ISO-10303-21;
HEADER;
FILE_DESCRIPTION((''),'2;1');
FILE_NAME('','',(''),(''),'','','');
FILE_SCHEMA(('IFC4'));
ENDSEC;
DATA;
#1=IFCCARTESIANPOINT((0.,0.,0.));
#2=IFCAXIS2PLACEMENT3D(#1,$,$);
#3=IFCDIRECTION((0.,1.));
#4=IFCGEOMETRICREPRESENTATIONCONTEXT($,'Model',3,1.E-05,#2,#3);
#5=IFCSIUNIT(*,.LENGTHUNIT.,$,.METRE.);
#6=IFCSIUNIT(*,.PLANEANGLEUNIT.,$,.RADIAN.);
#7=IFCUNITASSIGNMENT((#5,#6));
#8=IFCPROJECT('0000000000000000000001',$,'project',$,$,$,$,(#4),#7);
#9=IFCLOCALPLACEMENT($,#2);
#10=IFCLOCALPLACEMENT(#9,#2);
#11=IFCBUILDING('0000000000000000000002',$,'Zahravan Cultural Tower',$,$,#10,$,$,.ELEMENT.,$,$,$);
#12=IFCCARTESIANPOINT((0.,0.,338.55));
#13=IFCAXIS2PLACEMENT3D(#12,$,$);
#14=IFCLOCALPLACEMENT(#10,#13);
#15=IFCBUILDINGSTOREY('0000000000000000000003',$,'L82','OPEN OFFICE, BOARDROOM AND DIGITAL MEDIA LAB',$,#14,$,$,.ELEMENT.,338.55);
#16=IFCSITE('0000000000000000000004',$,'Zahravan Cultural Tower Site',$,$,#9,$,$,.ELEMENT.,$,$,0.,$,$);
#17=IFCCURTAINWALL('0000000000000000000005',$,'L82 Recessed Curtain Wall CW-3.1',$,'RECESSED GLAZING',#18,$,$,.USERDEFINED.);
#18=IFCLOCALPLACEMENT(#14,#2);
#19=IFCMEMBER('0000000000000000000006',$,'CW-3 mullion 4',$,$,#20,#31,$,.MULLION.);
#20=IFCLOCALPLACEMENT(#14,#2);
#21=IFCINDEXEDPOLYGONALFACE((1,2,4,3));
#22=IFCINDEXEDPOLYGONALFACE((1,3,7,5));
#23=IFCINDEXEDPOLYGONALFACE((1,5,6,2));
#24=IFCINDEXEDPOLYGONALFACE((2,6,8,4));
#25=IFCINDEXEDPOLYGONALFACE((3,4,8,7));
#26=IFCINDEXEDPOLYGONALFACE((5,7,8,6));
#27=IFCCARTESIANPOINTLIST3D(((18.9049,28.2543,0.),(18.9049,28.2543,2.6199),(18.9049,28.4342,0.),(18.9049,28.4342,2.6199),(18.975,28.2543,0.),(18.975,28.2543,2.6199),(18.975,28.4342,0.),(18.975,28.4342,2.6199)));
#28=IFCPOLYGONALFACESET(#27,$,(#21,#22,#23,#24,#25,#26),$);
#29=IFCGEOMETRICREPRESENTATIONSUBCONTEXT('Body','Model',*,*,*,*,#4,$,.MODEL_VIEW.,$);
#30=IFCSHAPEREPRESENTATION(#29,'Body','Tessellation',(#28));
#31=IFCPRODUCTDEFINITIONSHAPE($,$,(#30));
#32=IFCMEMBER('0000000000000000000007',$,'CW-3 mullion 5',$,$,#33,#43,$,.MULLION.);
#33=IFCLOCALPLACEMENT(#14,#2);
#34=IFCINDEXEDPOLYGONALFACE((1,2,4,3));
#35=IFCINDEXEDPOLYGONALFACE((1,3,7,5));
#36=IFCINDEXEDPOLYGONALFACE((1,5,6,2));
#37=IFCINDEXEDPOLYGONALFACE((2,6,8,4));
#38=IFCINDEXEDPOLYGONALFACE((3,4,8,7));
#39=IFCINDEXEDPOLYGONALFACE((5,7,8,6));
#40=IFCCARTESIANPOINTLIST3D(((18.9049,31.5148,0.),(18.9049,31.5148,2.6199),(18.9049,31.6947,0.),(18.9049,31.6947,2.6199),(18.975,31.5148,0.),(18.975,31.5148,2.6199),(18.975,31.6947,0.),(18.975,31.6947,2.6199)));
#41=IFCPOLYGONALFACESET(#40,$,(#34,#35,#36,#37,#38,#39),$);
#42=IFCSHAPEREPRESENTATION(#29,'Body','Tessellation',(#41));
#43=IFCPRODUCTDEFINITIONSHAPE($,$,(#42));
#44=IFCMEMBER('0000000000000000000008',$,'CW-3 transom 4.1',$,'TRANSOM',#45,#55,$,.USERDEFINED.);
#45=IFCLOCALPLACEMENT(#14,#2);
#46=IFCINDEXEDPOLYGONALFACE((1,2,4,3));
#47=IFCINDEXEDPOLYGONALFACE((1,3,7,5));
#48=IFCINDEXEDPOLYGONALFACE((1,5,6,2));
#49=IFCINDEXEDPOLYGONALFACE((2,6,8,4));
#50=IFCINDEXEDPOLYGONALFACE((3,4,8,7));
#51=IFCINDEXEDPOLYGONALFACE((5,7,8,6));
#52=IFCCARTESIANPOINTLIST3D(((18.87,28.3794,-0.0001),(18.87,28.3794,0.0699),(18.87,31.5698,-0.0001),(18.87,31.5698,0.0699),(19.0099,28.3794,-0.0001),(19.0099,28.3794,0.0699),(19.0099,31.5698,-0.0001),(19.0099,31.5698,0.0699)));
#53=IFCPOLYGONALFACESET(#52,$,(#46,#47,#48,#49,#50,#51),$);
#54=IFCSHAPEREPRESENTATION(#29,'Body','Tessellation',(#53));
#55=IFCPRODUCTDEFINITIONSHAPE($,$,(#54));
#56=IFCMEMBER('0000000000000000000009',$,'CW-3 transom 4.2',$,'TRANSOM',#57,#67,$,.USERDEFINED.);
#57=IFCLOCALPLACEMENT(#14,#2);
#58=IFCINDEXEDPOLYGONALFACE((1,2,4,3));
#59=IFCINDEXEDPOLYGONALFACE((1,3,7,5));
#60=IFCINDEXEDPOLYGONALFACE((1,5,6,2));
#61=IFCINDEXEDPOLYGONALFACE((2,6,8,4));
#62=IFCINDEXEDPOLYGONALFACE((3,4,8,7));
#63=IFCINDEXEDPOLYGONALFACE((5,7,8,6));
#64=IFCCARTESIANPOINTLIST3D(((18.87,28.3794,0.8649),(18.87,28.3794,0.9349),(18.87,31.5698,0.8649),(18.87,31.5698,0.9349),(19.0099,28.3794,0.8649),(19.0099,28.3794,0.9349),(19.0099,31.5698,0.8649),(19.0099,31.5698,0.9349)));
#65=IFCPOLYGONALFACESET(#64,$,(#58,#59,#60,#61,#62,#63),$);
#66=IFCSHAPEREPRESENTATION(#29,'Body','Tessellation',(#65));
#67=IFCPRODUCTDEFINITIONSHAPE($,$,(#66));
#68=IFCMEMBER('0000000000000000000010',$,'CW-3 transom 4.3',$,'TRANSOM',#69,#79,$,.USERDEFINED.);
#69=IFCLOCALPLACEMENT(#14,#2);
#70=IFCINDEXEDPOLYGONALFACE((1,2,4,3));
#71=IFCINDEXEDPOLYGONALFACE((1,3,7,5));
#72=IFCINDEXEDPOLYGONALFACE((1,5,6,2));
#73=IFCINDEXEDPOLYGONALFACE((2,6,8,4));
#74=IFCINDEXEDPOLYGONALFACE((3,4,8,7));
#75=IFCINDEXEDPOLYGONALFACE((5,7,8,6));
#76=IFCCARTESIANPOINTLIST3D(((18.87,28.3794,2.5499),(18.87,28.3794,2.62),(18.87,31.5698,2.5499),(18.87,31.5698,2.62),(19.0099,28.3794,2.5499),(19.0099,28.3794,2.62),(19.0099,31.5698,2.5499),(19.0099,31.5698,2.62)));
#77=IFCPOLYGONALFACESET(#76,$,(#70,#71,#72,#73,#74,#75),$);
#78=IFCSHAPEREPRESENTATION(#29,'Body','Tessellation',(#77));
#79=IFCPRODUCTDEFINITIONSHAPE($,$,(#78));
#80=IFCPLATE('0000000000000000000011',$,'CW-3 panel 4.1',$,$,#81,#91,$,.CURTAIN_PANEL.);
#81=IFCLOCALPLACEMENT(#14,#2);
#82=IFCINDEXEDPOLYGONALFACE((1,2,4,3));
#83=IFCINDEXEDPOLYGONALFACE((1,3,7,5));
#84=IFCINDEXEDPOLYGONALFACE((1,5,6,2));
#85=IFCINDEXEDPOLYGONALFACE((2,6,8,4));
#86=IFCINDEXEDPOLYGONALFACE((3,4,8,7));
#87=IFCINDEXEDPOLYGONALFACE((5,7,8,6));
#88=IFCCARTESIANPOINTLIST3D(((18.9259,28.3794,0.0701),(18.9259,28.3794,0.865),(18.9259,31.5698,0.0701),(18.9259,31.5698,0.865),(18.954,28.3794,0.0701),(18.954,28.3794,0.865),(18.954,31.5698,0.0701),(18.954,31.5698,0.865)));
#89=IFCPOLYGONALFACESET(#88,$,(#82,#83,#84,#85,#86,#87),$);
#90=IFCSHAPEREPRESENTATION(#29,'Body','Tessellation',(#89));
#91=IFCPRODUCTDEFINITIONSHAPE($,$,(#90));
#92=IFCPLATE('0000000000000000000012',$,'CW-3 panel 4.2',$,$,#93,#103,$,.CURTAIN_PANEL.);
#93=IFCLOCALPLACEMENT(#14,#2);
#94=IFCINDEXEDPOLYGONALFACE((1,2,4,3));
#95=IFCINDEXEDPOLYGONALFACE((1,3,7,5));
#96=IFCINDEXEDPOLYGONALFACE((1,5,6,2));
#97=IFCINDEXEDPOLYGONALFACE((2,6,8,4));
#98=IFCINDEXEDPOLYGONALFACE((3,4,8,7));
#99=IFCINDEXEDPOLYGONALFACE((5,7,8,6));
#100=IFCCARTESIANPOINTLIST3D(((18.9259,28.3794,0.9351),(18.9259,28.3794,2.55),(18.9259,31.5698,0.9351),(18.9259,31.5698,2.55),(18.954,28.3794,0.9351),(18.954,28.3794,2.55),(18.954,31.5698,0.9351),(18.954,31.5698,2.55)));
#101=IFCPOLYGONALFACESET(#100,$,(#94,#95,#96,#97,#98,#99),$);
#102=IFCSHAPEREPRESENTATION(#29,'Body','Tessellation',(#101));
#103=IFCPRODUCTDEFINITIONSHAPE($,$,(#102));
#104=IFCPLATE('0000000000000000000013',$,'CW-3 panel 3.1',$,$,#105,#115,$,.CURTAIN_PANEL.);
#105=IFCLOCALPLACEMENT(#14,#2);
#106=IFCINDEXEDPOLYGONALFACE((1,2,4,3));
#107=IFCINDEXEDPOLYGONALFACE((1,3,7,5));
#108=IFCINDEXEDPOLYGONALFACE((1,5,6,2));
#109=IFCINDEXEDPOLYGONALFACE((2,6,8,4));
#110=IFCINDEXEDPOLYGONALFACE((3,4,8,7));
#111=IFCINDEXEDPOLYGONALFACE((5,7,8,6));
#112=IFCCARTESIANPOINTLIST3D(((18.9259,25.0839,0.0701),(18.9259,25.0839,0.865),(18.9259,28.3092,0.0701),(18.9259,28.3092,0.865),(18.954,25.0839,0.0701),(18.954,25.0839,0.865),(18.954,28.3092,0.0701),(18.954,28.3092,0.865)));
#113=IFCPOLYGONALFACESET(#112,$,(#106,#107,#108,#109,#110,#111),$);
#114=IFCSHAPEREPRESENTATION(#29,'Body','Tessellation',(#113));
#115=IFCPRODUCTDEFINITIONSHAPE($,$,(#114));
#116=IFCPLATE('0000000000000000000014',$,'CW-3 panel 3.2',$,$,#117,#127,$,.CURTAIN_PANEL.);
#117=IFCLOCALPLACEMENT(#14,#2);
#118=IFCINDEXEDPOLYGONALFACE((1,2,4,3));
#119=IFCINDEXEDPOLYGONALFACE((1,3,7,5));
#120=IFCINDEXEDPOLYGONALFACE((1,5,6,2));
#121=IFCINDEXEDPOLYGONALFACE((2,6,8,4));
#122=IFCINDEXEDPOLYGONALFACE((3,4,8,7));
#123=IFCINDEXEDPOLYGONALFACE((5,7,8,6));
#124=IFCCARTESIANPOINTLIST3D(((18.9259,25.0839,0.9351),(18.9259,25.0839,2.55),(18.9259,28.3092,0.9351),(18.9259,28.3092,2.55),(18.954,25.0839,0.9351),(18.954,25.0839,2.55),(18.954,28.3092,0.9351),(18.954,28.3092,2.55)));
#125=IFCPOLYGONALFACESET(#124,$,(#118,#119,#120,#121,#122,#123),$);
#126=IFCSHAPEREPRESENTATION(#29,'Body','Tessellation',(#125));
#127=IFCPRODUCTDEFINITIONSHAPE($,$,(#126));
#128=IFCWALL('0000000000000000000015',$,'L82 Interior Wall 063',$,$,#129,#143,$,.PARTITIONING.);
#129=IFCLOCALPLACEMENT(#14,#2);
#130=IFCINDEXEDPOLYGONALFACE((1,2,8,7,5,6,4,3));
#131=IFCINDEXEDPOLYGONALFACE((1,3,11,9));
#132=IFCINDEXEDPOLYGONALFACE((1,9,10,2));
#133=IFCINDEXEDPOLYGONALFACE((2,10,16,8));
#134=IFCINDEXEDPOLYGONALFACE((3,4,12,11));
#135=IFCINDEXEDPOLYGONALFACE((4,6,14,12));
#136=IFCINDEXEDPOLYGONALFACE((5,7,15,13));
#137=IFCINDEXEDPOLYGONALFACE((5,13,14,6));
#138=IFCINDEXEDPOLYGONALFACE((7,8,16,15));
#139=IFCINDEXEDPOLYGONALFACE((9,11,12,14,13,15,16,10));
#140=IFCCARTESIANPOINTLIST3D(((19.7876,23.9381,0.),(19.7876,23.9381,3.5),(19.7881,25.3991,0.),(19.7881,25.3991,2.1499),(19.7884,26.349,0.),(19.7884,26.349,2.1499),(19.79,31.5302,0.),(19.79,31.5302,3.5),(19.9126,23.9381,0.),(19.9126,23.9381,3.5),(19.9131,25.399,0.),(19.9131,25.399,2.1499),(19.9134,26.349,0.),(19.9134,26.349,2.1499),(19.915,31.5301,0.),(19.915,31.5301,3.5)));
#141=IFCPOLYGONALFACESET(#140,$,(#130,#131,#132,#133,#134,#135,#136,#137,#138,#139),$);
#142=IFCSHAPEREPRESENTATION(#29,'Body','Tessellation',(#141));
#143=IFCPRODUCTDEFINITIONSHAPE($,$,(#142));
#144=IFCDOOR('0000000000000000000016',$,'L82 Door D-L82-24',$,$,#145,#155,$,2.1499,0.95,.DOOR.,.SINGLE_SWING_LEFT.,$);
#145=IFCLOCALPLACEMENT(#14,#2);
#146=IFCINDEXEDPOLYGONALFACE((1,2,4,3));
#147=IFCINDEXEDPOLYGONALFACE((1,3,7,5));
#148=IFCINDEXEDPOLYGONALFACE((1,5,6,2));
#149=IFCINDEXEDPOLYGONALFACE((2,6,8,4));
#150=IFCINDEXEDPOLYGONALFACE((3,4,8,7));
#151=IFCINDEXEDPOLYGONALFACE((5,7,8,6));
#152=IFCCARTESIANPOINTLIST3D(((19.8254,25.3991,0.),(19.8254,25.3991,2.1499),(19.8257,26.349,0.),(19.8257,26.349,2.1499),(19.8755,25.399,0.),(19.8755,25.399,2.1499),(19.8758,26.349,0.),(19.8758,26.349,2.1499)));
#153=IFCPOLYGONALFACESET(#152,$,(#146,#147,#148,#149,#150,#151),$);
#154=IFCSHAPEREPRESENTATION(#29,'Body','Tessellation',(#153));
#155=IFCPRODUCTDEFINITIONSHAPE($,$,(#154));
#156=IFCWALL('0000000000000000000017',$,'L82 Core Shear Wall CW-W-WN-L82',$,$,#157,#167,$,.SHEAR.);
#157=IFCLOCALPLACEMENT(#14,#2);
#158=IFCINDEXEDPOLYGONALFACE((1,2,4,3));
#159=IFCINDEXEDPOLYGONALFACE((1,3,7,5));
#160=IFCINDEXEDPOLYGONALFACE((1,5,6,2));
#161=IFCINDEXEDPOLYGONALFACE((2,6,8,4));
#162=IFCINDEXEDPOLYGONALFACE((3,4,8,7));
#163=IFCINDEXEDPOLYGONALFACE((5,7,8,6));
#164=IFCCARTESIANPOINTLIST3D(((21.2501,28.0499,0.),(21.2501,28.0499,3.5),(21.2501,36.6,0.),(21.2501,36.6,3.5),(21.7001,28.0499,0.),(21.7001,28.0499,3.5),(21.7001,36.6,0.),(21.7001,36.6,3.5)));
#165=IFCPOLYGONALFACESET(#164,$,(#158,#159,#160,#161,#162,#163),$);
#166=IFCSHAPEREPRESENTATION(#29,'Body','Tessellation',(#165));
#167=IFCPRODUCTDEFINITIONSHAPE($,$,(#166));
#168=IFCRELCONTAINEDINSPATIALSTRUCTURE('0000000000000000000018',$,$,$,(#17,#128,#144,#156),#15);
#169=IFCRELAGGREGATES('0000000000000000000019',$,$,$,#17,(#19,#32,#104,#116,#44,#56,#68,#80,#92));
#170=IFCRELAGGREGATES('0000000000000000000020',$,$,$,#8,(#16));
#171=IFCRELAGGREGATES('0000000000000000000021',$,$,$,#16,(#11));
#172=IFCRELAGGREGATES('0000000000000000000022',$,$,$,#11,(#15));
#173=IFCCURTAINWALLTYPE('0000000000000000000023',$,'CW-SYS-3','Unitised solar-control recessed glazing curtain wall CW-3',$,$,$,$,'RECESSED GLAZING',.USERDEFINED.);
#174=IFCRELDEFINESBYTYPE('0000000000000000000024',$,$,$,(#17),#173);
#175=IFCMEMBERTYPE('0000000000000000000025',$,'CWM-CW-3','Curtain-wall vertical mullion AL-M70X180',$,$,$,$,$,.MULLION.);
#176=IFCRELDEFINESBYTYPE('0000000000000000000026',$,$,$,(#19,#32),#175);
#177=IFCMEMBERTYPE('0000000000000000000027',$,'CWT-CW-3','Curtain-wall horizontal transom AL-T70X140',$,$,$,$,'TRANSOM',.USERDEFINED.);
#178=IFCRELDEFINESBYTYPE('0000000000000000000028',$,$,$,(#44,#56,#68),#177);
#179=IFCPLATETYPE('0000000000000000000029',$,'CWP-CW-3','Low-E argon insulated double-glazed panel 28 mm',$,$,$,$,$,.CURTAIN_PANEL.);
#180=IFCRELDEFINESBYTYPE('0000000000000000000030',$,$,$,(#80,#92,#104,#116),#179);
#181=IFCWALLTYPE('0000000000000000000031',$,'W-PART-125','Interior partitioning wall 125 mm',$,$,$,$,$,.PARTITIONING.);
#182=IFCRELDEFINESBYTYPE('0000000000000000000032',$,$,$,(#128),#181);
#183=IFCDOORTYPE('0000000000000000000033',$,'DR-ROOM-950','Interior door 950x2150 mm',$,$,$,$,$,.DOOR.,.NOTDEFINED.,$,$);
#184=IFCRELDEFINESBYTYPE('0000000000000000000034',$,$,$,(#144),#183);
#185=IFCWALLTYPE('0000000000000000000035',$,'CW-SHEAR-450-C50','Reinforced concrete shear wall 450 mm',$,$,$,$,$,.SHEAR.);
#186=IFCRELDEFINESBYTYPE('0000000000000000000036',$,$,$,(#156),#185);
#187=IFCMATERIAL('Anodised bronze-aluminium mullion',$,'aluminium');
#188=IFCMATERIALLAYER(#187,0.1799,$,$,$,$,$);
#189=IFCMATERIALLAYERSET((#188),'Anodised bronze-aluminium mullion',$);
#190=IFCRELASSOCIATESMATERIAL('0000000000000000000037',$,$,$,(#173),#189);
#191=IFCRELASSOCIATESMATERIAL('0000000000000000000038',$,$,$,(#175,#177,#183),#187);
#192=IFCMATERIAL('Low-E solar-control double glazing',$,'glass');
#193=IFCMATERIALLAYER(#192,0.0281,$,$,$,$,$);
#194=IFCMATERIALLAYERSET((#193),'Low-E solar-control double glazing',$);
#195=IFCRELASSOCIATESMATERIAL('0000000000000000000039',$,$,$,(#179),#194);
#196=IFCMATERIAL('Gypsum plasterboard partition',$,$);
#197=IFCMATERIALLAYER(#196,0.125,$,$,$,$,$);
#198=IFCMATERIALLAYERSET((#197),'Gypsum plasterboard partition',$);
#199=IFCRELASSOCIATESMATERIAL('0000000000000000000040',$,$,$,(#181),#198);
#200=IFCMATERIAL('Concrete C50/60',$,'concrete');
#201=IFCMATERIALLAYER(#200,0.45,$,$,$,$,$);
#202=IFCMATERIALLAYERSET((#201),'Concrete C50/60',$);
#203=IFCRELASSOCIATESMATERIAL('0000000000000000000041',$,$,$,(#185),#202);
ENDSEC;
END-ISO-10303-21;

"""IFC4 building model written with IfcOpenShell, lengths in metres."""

from ifc_helpers import new_model, si_unit, direction, frame, frame_2d, origin, origin_2d, place, context, subcontext, project, spatial, rectangle, extrude, source, transform, mapped, material, layer, layer_set, material_profile, profile_set, type_object, element, fill, aggregate, save


model = new_model("IFC4")

# Units and contexts
model_context = context("Model", 3, precision=1e-05, world=origin(), true_north=direction((0.0, 1.0)))
body_context = subcontext(model_context, "Body", "Model", "MODEL_VIEW")
ifc_project = project(units=[si_unit("LENGTHUNIT", "METRE"), si_unit("PLANEANGLEUNIT", "RADIAN")], contexts=[model_context])

# Site, building, storey
site_placement = place(None, origin())
site = spatial("IfcSite", under=ifc_project, at=site_placement, Name="Zahravan Cultural Tower Site", CompositionType="ELEMENT", RefElevation=0.0)
building_placement = place(site_placement, origin())
building = spatial("IfcBuilding", under=site, at=building_placement, Name="Zahravan Cultural Tower", CompositionType="ELEMENT")
storey_placement = place(building_placement, frame((0.0, 0.0, 338.55)))
storey = spatial("IfcBuildingStorey", under=building, at=storey_placement, Name="L82", Description="OPEN OFFICE, BOARDROOM AND DIGITAL MEDIA LAB", CompositionType="ELEMENT", Elevation=338.55)

# Curtain wall, members, plates
ifc_material_1 = material(Name="Anodised bronze-aluminium mullion", Category="aluminium")
ifc_layer_1 = layer(ifc_material_1, 0.1799)
ifc_layer_set_1 = layer_set([ifc_layer_1], Name="Anodised bronze-aluminium mullion")
curtain_wall_type = type_object("IfcCurtainWallType", Name="CW-SYS-3", Description="Unitised solar-control recessed glazing curtain wall CW-3", ElementType="RECESSED GLAZING", PredefinedType="USERDEFINED", material=ifc_layer_set_1)
curtain_wall_placement = place(storey_placement, origin())
curtain_wall = element("IfcCurtainWall", 1, at=curtain_wall_placement, inside=storey, type_object=curtain_wall_type, Name="L82 Recessed Curtain Wall CW-3.1", ObjectType="RECESSED GLAZING", PredefinedType="USERDEFINED")
ifc_material_profile_1 = material_profile(ifc_material_1, rectangle(XDim=0.0701, YDim=0.1799, at=origin_2d()), Name="AL-M70X180")
ifc_profile_set_1 = profile_set([ifc_material_profile_1], Name="Anodised bronze-aluminium mullion")
member_type_1 = type_object("IfcMemberType", Name="CWM-CW-3", Description="Curtain-wall vertical mullion AL-M70X180", PredefinedType="MULLION", material=ifc_profile_set_1)
shared_shape_1 = source(origin(), body_context, "Body", "SweptSolid", [
    extrude(rectangle(XDim=0.0701, YDim=0.1799, at=origin_2d()), origin(), (0.0, 0.0, 1.0), 2.6199),
])
member_1_placement = place(storey_placement, frame((18.9399, 28.3442, 0.0), z_axis=(0.0, 0.0, 1.0), x_axis=(-1.0, 0.0, 0.0)))
member_1 = element("IfcMember", 2, at=member_1_placement, type_object=member_type_1, Name="CW-3 mullion 4", PredefinedType="MULLION", context=body_context, shape_type="MappedRepresentation", body=[
    mapped(shared_shape_1, transform((0.0, 0.0, 0.0), x_axis=(1.0, 0.0, 0.0), y_axis=(0.0, 1.0, 0.0), z_axis=(0.0, 0.0, 1.0), scale=1.0)),
])
member_2_placement = place(storey_placement, frame((18.9399, 31.6047, 0.0), z_axis=(0.0, 0.0, 1.0), x_axis=(-1.0, 0.0, 0.0)))
member_2 = element("IfcMember", 3, at=member_2_placement, type_object=member_type_1, Name="CW-3 mullion 5", PredefinedType="MULLION", context=body_context, shape_type="MappedRepresentation", body=[
    mapped(shared_shape_1, transform((0.0, 0.0, 0.0), x_axis=(1.0, 0.0, 0.0), y_axis=(0.0, 1.0, 0.0), z_axis=(0.0, 0.0, 1.0), scale=1.0)),
])
ifc_material_profile_2 = material_profile(ifc_material_1, rectangle(XDim=0.1399, YDim=0.0701, at=origin_2d()), Name="AL-T70X140")
ifc_profile_set_2 = profile_set([ifc_material_profile_2], Name="Anodised bronze-aluminium mullion")
member_type_2 = type_object("IfcMemberType", Name="CWT-CW-3", Description="Curtain-wall horizontal transom AL-T70X140", ElementType="TRANSOM", PredefinedType="USERDEFINED", material=ifc_profile_set_2)
shared_shape_2 = source(origin(), body_context, "Body", "SweptSolid", [
    extrude(rectangle(XDim=0.1399, YDim=0.0701, at=origin_2d()), origin(), (0.0, 0.0, 1.0), 3.1904),
])
member_3_placement = place(storey_placement, frame((18.9399, 28.3794, 0.0349), z_axis=(0.0, 1.0, 0.0), x_axis=(-1.0, 0.0, 0.0)))
member_3 = element("IfcMember", 4, at=member_3_placement, type_object=member_type_2, Name="CW-3 transom 4.1", ObjectType="TRANSOM", PredefinedType="USERDEFINED", context=body_context, shape_type="MappedRepresentation", body=[
    mapped(shared_shape_2, transform((0.0, 0.0, 0.0), x_axis=(1.0, 0.0, 0.0), y_axis=(0.0, 1.0, 0.0), z_axis=(0.0, 0.0, 1.0), scale=1.0)),
])
member_4_placement = place(storey_placement, frame((18.9399, 28.3794, 0.8999), z_axis=(0.0, 1.0, 0.0), x_axis=(-1.0, 0.0, 0.0)))
member_4 = element("IfcMember", 5, at=member_4_placement, type_object=member_type_2, Name="CW-3 transom 4.2", ObjectType="TRANSOM", PredefinedType="USERDEFINED", context=body_context, shape_type="MappedRepresentation", body=[
    mapped(shared_shape_2, transform((0.0, 0.0, 0.0), x_axis=(1.0, 0.0, 0.0), y_axis=(0.0, 1.0, 0.0), z_axis=(0.0, 0.0, 1.0), scale=1.0)),
])
member_5_placement = place(storey_placement, frame((18.9399, 28.3794, 2.585), z_axis=(0.0, 1.0, 0.0), x_axis=(-1.0, 0.0, 0.0)))
member_5 = element("IfcMember", 6, at=member_5_placement, type_object=member_type_2, Name="CW-3 transom 4.3", ObjectType="TRANSOM", PredefinedType="USERDEFINED", context=body_context, shape_type="MappedRepresentation", body=[
    mapped(shared_shape_2, transform((0.0, 0.0, 0.0), x_axis=(1.0, 0.0, 0.0), y_axis=(0.0, 1.0, 0.0), z_axis=(0.0, 0.0, 1.0), scale=1.0)),
])
ifc_material_2 = material(Name="Low-E solar-control double glazing", Category="glass")
ifc_layer_2 = layer(ifc_material_2, 0.0281)
ifc_layer_set_2 = layer_set([ifc_layer_2], Name="Low-E solar-control double glazing")
plate_type = type_object("IfcPlateType", Name="CWP-CW-3", Description="Low-E argon insulated double-glazed panel 28 mm", PredefinedType="CURTAIN_PANEL", material=ifc_layer_set_2)
shared_shape_3 = source(origin(), body_context, "Body", "SweptSolid", [
    extrude(rectangle(XDim=3.1904, YDim=0.0281, at=origin_2d()), origin(), (0.0, 0.0, 1.0), 0.7949),
])
plate_1_placement = place(storey_placement, frame((18.9399, 29.9746, 0.0701), z_axis=(0.0, 0.0, 1.0), x_axis=(0.0, 1.0, 0.0)))
plate_1 = element("IfcPlate", 7, at=plate_1_placement, type_object=plate_type, Name="CW-3 panel 4.1", PredefinedType="CURTAIN_PANEL", context=body_context, shape_type="MappedRepresentation", body=[
    mapped(shared_shape_3, transform((0.0, 0.0, 0.0), x_axis=(1.0, 0.0, 0.0), y_axis=(0.0, 1.0, 0.0), z_axis=(0.0, 0.0, 1.0), scale=1.0)),
])
shared_shape_4 = source(origin(), body_context, "Body", "SweptSolid", [
    extrude(rectangle(XDim=3.1904, YDim=0.0281, at=origin_2d()), origin(), (0.0, 0.0, 1.0), 1.615),
])
plate_2_placement = place(storey_placement, frame((18.9399, 29.9746, 0.9351), z_axis=(0.0, 0.0, 1.0), x_axis=(0.0, 1.0, 0.0)))
plate_2 = element("IfcPlate", 8, at=plate_2_placement, type_object=plate_type, Name="CW-3 panel 4.2", PredefinedType="CURTAIN_PANEL", context=body_context, shape_type="MappedRepresentation", body=[
    mapped(shared_shape_4, transform((0.0, 0.0, 0.0), x_axis=(1.0, 0.0, 0.0), y_axis=(0.0, 1.0, 0.0), z_axis=(0.0, 0.0, 1.0), scale=1.0)),
])
shared_shape_5 = source(origin(), body_context, "Body", "SweptSolid", [
    extrude(rectangle(XDim=3.2253, YDim=0.0281, at=origin_2d()), origin(), (0.0, 0.0, 1.0), 0.7949),
])
plate_3_placement = place(storey_placement, frame((18.9399, 26.6965, 0.0701), z_axis=(0.0, 0.0, 1.0), x_axis=(0.0, 1.0, 0.0)))
plate_3 = element("IfcPlate", 9, at=plate_3_placement, type_object=plate_type, Name="CW-3 panel 3.1", PredefinedType="CURTAIN_PANEL", context=body_context, shape_type="MappedRepresentation", body=[
    mapped(shared_shape_5, transform((0.0, 0.0, 0.0), x_axis=(1.0, 0.0, 0.0), y_axis=(0.0, 1.0, 0.0), z_axis=(0.0, 0.0, 1.0), scale=1.0)),
])
shared_shape_6 = source(origin(), body_context, "Body", "SweptSolid", [
    extrude(rectangle(XDim=3.2253, YDim=0.0281, at=origin_2d()), origin(), (0.0, 0.0, 1.0), 1.615),
])
plate_4_placement = place(storey_placement, frame((18.9399, 26.6965, 0.9351), z_axis=(0.0, 0.0, 1.0), x_axis=(0.0, 1.0, 0.0)))
plate_4 = element("IfcPlate", 10, at=plate_4_placement, type_object=plate_type, Name="CW-3 panel 3.2", PredefinedType="CURTAIN_PANEL", context=body_context, shape_type="MappedRepresentation", body=[
    mapped(shared_shape_6, transform((0.0, 0.0, 0.0), x_axis=(1.0, 0.0, 0.0), y_axis=(0.0, 1.0, 0.0), z_axis=(0.0, 0.0, 1.0), scale=1.0)),
])
aggregate(curtain_wall, [member_1, member_2, plate_3, plate_4, member_3, member_4, member_5, plate_1, plate_2])

# Wall, opening, door
ifc_material_3 = material(Name="Gypsum plasterboard partition")
ifc_layer_3 = layer(ifc_material_3, 0.125)
ifc_layer_set_3 = layer_set([ifc_layer_3], Name="Gypsum plasterboard partition")
wall_type_1 = type_object("IfcWallType", Name="W-PART-125", Description="Interior partitioning wall 125 mm", PredefinedType="PARTITIONING", material=ifc_layer_set_3)
wall_1_placement = place(storey_placement, frame((19.8525, 31.53, 0.0), z_axis=(0.0, 0.0, 1.0), x_axis=(-0.000322, -1.0, 0.0)))
wall_1 = element("IfcWall", 11, at=wall_1_placement, inside=storey, type_object=wall_type_1, Name="L82 Interior Wall 063", PredefinedType="PARTITIONING", context=body_context, shape_type="SweptSolid", body=[
    extrude(rectangle(XDim=7.592, YDim=0.125, at=frame_2d((3.7959, 0.0))), origin(), (0.0, 0.0, 1.0), 3.5),
])
opening_placement = place(wall_1_placement, frame((5.1809, 0.0, 0.0)))
opening = element("IfcOpeningElement", 12, at=opening_placement, cuts=wall_1, PredefinedType="OPENING", context=body_context, shape_type="SweptSolid", body=[
    extrude(rectangle(XDim=0.95, YDim=2.1499, at=frame_2d((0.4751, 1.075))), frame((0.0, 0.0725, 0.0), z_axis=(0.0, -1.0, 0.0), x_axis=(1.0, 0.0, 0.0)), (0.0, 0.0, 1.0), 0.145),
])
door_type = type_object("IfcDoorType", Name="DR-ROOM-950", Description="Interior door 950x2150 mm", OperationType="NOTDEFINED", PredefinedType="DOOR", material=ifc_material_1)
shared_shape_7 = source(origin(), body_context, "Body", "SweptSolid", [
    extrude(rectangle(XDim=0.95, YDim=2.1499, at=frame_2d((0.4751, 1.075))), frame((0.0, 0.0249, 0.0), z_axis=(0.0, -1.0, 0.0), x_axis=(1.0, 0.0, 0.0)), (0.0, 0.0, 1.0), 0.05),
])
door_placement = place(opening_placement, origin())
door = element("IfcDoor", 13, at=door_placement, inside=storey, type_object=door_type, Name="L82 Door D-L82-24", OperationType="SINGLE_SWING_LEFT", OverallHeight=2.1499, OverallWidth=0.95, PredefinedType="DOOR", context=body_context, shape_type="MappedRepresentation", body=[
    mapped(shared_shape_7, transform((0.0, 0.0, 0.0), x_axis=(1.0, 0.0, 0.0), y_axis=(0.0, 1.0, 0.0), z_axis=(0.0, 0.0, 1.0), scale=1.0)),
])
fill(opening, door)

# Wall
ifc_material_4 = material(Name="Concrete C50/60", Category="concrete")
ifc_layer_4 = layer(ifc_material_4, 0.45)
ifc_layer_set_4 = layer_set([ifc_layer_4], Name="Concrete C50/60")
wall_type_2 = type_object("IfcWallType", Name="CW-SHEAR-450-C50", Description="Reinforced concrete shear wall 450 mm", PredefinedType="SHEAR", material=ifc_layer_set_4)
shared_shape_8 = source(origin(), body_context, "Body", "SweptSolid", [
    extrude(rectangle(XDim=8.55, YDim=0.45, at=frame_2d((4.2749, 0.0))), origin(), (0.0, 0.0, 1.0), 3.5),
])
wall_2_placement = place(storey_placement, frame((21.4751, 28.05, 0.0), z_axis=(0.0, 0.0, 1.0), x_axis=(0.0, 1.0, 0.0)))
element("IfcWall", 14, at=wall_2_placement, inside=storey, type_object=wall_type_2, Name="L82 Core Shear Wall CW-W-WN-L82", PredefinedType="SHEAR", context=body_context, shape_type="MappedRepresentation", body=[
    mapped(shared_shape_8, transform((0.0, 0.0, 0.0), x_axis=(1.0, 0.0, 0.0), y_axis=(0.0, 1.0, 0.0), z_axis=(0.0, 0.0, 1.0), scale=1.0)),
])

save(model, "model.ifc")
